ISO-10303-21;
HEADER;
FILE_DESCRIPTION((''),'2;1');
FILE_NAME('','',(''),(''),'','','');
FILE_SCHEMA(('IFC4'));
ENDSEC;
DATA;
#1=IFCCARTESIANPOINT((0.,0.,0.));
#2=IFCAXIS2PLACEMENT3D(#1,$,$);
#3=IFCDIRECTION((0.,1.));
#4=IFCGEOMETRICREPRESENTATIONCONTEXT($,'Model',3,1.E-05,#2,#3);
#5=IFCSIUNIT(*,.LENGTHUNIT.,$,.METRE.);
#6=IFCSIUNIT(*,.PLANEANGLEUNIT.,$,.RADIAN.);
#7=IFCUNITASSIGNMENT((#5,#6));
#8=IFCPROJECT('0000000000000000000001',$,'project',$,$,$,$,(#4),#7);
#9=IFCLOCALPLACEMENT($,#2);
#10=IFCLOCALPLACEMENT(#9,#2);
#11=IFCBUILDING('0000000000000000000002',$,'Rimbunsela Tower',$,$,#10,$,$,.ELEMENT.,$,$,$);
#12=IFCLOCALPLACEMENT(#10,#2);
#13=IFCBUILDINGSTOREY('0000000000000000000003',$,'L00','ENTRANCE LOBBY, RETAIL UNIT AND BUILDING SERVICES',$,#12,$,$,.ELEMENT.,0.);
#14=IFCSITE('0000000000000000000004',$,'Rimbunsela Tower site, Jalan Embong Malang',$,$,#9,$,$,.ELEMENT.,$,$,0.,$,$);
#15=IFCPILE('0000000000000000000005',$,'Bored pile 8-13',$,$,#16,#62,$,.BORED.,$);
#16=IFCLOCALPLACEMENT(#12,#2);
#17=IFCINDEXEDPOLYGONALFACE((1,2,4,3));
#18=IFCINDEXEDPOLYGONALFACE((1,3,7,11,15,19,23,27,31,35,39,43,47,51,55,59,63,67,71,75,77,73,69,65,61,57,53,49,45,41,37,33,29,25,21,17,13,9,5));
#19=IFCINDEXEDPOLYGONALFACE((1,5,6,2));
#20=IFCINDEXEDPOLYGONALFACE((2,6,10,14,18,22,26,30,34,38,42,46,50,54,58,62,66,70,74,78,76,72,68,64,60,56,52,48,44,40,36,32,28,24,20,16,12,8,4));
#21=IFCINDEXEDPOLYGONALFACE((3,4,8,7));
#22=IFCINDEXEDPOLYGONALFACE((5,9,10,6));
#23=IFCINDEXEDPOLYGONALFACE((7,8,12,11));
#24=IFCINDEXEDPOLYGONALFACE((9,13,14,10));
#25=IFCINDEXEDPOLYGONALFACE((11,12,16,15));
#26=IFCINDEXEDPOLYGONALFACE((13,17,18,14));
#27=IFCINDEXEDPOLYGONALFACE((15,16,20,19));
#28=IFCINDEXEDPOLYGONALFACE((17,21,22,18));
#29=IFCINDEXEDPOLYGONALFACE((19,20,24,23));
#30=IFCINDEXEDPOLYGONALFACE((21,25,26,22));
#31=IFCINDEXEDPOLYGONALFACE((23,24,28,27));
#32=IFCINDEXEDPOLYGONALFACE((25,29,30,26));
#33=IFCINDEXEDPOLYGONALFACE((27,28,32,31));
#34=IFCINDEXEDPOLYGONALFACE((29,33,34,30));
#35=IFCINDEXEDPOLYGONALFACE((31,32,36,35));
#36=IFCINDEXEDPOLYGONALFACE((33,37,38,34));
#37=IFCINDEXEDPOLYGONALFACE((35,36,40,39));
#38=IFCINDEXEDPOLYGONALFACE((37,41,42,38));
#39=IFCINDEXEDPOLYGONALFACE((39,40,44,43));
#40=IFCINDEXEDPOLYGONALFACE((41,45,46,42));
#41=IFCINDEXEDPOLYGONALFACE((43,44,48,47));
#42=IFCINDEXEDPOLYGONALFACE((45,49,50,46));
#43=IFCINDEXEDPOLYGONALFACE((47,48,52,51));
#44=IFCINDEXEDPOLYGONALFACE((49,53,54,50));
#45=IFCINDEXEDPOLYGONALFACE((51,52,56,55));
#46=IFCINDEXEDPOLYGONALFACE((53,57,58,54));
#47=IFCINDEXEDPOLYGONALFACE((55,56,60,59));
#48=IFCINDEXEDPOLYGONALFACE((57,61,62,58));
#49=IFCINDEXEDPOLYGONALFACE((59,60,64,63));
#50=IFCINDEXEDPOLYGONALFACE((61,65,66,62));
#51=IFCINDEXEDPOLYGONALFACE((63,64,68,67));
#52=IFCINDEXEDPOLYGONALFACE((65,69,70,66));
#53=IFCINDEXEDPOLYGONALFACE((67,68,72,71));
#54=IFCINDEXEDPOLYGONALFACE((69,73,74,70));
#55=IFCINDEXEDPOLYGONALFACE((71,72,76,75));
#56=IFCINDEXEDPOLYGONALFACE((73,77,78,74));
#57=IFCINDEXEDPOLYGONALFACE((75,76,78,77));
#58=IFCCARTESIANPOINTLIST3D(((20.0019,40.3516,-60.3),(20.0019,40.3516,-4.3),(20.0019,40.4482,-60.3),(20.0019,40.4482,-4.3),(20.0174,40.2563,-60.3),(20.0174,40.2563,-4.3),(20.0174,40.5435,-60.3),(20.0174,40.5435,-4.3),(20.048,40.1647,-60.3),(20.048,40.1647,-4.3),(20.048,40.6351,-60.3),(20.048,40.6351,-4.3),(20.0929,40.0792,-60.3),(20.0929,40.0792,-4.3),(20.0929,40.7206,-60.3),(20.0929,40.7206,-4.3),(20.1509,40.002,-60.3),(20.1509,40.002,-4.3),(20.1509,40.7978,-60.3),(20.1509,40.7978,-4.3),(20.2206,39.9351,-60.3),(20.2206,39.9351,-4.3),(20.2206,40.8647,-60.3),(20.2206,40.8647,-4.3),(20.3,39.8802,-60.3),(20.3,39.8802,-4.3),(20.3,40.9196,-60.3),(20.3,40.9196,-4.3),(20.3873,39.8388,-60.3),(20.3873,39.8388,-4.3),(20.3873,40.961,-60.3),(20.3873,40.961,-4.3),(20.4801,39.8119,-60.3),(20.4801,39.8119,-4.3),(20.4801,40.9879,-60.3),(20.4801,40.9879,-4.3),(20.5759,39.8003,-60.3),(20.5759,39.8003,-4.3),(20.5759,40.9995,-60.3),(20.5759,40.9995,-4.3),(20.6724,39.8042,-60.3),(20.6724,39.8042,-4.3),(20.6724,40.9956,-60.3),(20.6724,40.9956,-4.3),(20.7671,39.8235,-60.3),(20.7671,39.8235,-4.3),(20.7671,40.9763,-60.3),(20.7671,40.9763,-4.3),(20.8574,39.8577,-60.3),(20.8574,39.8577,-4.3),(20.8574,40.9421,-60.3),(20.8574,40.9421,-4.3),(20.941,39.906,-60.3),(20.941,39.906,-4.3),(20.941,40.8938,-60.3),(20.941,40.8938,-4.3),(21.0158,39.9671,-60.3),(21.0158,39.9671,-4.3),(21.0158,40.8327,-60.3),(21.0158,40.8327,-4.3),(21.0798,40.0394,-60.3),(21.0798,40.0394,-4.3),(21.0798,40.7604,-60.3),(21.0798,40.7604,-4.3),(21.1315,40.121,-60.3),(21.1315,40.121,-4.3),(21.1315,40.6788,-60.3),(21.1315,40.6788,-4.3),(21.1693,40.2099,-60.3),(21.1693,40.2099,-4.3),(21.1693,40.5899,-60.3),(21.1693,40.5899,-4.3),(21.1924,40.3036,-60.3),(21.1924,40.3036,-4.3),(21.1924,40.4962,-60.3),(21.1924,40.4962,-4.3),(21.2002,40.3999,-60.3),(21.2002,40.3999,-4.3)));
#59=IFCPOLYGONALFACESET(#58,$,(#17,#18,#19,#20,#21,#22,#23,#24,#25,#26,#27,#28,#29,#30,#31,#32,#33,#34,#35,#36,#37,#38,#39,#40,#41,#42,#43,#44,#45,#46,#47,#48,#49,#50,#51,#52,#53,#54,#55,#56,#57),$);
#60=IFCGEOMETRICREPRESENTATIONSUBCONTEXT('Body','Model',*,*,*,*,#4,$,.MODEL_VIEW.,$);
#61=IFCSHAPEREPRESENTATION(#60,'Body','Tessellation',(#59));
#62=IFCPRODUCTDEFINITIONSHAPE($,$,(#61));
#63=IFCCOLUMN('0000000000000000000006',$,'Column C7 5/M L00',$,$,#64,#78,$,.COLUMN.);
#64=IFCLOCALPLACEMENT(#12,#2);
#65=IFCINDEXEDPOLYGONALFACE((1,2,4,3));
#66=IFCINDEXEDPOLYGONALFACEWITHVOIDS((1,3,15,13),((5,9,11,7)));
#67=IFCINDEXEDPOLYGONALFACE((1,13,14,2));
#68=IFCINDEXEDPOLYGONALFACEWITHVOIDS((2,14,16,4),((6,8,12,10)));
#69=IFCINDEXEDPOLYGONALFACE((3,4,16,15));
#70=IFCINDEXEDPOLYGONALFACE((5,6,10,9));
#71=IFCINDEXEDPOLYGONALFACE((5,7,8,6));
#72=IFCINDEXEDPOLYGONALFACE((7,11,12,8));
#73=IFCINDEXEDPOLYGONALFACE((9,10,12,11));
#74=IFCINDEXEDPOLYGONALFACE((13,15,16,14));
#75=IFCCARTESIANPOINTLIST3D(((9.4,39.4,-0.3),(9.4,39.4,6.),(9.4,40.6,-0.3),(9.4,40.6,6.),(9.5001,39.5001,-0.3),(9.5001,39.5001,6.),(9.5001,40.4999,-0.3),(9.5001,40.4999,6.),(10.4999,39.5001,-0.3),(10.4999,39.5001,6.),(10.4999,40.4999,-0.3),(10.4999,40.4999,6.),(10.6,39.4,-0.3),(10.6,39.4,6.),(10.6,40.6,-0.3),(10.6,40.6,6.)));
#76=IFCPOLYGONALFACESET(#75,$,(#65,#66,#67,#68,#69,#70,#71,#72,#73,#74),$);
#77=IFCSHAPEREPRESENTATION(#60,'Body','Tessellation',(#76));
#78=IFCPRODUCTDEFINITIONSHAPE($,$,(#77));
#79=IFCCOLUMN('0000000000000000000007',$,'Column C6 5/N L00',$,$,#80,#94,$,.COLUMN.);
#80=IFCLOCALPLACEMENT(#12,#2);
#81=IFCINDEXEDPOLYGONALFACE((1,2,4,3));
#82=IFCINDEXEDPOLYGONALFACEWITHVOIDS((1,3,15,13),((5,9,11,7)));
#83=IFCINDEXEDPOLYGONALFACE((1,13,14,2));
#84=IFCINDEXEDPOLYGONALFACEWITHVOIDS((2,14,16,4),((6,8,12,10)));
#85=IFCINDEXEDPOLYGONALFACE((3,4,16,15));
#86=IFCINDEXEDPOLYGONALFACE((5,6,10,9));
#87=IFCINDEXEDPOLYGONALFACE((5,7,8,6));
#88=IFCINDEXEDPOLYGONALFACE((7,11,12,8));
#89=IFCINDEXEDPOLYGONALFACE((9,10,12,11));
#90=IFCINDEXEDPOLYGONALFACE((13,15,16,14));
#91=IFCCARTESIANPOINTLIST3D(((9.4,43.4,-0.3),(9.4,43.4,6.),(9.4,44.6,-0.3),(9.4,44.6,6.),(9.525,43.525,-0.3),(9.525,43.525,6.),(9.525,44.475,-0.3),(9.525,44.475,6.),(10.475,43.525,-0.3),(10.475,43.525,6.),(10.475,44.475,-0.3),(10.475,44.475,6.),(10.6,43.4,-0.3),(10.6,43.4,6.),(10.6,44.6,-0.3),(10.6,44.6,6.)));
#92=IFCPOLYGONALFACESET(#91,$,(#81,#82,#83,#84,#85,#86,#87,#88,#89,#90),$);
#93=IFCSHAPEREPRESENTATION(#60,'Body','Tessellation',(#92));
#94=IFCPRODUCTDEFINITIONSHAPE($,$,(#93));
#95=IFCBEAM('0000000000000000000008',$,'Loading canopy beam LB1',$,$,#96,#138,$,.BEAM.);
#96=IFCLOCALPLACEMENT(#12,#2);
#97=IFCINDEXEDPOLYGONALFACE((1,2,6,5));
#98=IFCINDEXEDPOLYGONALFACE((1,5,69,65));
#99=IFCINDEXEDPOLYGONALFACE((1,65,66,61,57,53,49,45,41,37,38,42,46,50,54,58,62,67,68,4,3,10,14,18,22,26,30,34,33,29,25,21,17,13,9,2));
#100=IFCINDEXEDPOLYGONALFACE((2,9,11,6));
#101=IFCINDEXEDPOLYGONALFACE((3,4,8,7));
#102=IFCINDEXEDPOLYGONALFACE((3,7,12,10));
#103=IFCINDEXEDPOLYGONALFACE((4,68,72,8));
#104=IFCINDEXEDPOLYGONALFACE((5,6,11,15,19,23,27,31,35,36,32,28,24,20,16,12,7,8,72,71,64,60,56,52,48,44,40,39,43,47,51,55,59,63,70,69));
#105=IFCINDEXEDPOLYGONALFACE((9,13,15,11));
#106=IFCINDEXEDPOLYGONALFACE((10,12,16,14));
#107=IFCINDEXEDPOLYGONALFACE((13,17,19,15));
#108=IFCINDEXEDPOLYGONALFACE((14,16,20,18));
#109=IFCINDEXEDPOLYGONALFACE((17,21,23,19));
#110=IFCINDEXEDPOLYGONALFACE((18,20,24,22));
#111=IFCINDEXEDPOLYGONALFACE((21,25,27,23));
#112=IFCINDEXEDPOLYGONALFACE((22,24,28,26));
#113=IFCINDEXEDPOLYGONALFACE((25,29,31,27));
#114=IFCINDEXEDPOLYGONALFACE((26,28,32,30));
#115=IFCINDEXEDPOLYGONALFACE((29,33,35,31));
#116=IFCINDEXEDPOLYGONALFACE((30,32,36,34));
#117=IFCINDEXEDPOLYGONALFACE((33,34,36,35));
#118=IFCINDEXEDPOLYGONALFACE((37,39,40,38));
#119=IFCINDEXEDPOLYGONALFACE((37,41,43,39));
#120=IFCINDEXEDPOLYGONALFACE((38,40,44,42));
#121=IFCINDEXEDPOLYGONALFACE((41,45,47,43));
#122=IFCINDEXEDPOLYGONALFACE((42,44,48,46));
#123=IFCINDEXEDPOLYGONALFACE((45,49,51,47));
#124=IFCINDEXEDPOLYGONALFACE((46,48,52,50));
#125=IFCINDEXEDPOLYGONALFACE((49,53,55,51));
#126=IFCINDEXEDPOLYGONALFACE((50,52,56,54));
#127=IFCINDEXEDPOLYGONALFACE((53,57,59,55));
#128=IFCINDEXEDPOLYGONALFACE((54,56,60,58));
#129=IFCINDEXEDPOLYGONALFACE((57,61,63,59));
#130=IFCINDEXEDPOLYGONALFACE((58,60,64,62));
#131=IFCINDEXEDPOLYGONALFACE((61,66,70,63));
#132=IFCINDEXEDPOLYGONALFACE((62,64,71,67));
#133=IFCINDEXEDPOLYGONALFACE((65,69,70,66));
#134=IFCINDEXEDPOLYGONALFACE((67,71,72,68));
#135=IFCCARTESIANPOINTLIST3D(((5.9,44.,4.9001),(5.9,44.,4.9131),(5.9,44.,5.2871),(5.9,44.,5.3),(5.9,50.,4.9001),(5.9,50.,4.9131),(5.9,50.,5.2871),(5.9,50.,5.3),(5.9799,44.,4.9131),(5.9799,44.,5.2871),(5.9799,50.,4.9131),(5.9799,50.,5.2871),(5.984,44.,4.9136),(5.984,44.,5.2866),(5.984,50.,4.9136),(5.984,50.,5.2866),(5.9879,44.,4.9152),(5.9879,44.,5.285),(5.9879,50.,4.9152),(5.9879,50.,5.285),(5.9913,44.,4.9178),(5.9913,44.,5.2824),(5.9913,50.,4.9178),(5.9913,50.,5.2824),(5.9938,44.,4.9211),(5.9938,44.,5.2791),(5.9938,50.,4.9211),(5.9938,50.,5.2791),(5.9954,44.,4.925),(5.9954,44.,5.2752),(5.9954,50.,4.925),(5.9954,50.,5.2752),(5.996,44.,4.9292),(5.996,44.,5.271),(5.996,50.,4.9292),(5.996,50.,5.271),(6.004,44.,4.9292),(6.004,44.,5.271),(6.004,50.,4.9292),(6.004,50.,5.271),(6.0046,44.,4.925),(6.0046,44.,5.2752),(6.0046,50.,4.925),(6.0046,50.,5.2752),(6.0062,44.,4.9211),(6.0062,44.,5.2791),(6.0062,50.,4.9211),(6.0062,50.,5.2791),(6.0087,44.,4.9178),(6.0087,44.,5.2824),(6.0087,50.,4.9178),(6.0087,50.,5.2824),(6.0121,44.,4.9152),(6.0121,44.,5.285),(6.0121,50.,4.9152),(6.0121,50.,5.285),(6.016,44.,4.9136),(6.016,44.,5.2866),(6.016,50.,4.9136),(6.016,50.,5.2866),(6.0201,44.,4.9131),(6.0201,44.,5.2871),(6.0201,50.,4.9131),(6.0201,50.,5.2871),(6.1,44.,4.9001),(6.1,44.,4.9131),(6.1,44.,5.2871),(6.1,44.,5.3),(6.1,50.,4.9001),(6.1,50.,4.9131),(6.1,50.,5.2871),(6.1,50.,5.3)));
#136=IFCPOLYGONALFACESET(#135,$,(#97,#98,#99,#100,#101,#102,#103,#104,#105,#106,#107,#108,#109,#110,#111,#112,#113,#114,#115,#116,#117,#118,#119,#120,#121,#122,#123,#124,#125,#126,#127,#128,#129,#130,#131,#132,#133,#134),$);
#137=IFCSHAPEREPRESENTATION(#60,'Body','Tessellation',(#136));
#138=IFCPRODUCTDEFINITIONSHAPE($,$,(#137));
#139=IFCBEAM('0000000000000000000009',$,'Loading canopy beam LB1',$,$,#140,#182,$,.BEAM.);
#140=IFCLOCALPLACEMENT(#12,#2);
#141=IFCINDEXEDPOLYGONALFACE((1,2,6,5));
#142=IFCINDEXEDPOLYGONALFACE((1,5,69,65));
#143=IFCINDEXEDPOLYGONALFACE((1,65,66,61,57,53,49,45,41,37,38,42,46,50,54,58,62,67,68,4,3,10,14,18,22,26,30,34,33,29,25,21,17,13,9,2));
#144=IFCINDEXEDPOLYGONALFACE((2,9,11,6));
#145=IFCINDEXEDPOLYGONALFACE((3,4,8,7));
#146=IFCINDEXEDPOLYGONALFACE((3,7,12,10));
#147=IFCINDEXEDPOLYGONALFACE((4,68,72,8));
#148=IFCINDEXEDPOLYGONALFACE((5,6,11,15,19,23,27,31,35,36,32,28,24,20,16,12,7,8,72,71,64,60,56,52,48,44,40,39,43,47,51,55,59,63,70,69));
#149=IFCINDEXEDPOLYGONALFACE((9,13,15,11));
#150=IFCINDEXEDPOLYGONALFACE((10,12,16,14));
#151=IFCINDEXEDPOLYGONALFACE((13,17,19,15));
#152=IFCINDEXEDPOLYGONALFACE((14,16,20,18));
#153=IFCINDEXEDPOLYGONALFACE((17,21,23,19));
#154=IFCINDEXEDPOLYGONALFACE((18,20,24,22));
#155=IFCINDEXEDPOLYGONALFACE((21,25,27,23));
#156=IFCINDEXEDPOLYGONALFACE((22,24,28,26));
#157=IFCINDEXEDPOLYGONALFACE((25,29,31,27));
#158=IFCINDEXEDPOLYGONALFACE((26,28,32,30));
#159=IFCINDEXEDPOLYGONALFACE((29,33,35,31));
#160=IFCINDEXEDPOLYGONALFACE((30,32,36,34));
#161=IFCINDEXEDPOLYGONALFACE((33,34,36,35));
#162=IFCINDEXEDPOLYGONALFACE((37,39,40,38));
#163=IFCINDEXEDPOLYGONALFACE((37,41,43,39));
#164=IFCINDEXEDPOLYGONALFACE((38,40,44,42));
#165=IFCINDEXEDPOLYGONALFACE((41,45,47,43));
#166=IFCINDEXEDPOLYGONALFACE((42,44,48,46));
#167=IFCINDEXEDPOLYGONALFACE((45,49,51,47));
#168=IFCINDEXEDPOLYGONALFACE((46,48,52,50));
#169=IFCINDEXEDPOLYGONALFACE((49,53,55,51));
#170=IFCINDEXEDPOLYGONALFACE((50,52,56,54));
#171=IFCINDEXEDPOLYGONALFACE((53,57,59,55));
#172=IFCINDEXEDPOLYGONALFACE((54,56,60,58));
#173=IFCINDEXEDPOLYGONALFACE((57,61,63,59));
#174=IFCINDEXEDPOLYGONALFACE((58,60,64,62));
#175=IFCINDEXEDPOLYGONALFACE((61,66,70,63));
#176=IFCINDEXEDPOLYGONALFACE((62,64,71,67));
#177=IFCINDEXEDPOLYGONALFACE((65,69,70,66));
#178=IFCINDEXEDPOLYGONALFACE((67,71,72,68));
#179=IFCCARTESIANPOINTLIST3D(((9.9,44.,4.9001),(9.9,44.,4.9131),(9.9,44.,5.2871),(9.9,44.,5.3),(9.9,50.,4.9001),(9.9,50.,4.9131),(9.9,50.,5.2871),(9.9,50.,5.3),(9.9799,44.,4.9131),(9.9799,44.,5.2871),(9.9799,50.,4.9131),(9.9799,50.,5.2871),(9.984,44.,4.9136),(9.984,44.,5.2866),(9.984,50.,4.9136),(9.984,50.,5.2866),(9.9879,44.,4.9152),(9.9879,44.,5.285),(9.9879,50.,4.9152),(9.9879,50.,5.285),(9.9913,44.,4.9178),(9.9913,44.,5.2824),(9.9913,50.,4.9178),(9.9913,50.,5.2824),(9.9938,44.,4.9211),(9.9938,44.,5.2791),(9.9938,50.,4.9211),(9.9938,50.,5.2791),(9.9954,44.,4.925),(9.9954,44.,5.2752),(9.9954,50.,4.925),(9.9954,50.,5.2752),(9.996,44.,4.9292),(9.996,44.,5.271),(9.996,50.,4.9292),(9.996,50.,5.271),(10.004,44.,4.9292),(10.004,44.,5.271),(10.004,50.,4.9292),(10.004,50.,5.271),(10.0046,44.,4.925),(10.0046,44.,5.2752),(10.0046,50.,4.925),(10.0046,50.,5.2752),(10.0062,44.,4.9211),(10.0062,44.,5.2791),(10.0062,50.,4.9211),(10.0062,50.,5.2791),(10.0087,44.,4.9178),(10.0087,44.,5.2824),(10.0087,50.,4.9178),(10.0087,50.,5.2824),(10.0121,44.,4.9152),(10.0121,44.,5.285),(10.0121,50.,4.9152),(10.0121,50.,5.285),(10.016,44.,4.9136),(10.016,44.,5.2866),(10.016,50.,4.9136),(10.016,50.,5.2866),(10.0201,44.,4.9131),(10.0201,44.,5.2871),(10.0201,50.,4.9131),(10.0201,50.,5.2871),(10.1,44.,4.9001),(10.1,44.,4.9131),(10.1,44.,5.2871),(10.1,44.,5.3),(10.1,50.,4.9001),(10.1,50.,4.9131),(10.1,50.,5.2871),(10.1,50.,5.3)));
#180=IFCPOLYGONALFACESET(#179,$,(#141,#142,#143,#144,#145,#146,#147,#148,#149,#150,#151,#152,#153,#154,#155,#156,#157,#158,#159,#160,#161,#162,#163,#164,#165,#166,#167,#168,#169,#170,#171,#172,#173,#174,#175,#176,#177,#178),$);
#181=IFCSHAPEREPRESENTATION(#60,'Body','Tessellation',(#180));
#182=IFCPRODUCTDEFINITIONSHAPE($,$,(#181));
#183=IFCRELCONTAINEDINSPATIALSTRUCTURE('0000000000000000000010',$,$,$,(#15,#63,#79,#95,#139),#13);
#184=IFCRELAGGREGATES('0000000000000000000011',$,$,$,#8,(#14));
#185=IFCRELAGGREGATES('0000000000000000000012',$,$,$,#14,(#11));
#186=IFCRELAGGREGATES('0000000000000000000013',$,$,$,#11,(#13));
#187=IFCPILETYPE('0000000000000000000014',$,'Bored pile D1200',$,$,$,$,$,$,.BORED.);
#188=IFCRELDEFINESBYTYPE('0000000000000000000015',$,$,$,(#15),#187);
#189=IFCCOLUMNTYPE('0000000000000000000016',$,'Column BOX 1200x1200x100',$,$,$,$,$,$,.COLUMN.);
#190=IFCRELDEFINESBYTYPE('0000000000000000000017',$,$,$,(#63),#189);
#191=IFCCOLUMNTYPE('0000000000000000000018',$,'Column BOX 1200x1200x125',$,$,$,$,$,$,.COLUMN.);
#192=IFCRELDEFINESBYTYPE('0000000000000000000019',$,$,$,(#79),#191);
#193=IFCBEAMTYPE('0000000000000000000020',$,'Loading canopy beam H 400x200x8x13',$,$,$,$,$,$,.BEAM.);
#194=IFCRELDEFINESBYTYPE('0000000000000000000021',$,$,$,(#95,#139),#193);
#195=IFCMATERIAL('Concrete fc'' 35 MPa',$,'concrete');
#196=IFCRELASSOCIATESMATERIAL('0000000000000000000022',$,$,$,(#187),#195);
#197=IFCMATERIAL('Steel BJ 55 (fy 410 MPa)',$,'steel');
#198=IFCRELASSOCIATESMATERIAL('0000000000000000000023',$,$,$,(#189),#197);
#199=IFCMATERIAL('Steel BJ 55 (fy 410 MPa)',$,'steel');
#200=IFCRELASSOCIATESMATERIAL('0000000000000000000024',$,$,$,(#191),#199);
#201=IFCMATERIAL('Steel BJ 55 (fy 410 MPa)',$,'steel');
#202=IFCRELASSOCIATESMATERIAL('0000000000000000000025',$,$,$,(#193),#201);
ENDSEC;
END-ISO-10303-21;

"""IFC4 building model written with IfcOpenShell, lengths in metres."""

from ifc_helpers import new_model, si_unit, direction, frame, origin, origin_2d, place, context, subcontext, project, spatial, hollow_rectangle, circle, i_section, extrude, material, material_profile, profile_set, type_object, element, save


model = new_model("IFC4")

# Units and contexts
model_context = context("Model", 3, precision=1e-05, world=origin(), true_north=direction((0.0, 1.0)))
body_context = subcontext(model_context, "Body", "Model", "MODEL_VIEW")
ifc_project = project(units=[si_unit("LENGTHUNIT", "METRE"), si_unit("PLANEANGLEUNIT", "RADIAN")], contexts=[model_context])

# Site, building, storey
site_placement = place(None, origin())
site = spatial("IfcSite", under=ifc_project, at=site_placement, Name="Rimbunsela Tower site, Jalan Embong Malang", CompositionType="ELEMENT", RefElevation=0.0)
building_placement = place(site_placement, origin())
building = spatial("IfcBuilding", under=site, at=building_placement, Name="Rimbunsela Tower", CompositionType="ELEMENT")
storey_placement = place(building_placement, origin())
storey = spatial("IfcBuildingStorey", under=building, at=storey_placement, Name="L00", Description="ENTRANCE LOBBY, RETAIL UNIT AND BUILDING SERVICES", CompositionType="ELEMENT", Elevation=0.0)

# Pile
ifc_material_1 = material(Name="Concrete fc' 35 MPa", Category="concrete")
ifc_material_profile_1 = material_profile(ifc_material_1, circle(Radius=0.6001, at=origin_2d()), Name="BP D1200")
ifc_profile_set_1 = profile_set([ifc_material_profile_1], Name="Concrete fc' 35 MPa")
pile_type = type_object("IfcPileType", Name="Bored pile D1200", PredefinedType="BORED", material=ifc_profile_set_1)
for number, where, z_axis, x_axis, name in (
    (1, (20.6001, 40.3999, -4.3), (0.0, 0.0, -1.0), (1.0, 0.0, 0.0), "Bored pile 8-13"),
):
    element("IfcPile", number, at=place(storey_placement, frame(where, z_axis=z_axis, x_axis=x_axis)), inside=storey, type_object=pile_type, Name=name, PredefinedType="BORED", context=body_context, shape_type="SweptSolid", body=[
        extrude(circle(Radius=0.6001, at=origin_2d()), origin(), (0.0, 0.0, 1.0), 56.0),
    ])

# Columns
ifc_material_2 = material(Name="Steel BJ 55 (fy 410 MPa)", Category="steel")
ifc_material_profile_2 = material_profile(ifc_material_2, hollow_rectangle(XDim=1.2, YDim=1.2, WallThickness=0.1001, at=origin_2d()), Name="BOX 1200x1200x100")
ifc_profile_set_2 = profile_set([ifc_material_profile_2], Name="Steel BJ 55 (fy 410 MPa)")
column_type_1 = type_object("IfcColumnType", Name="Column BOX 1200x1200x100", PredefinedType="COLUMN", material=ifc_profile_set_2)
column_1_placement = place(storey_placement, frame((10.0, 40.0, -0.3), z_axis=(0.0, 0.0, 1.0), x_axis=(1.0, 0.0, 0.0)))
element("IfcColumn", 2, at=column_1_placement, inside=storey, type_object=column_type_1, Name="Column C7 5/M L00", PredefinedType="COLUMN", context=body_context, shape_type="SweptSolid", body=[
    extrude(hollow_rectangle(XDim=1.2, YDim=1.2, WallThickness=0.1001, at=origin_2d()), origin(), (0.0, 0.0, 1.0), 6.3),
])
ifc_material_3 = material(Name="Steel BJ 55 (fy 410 MPa)", Category="steel")
ifc_material_profile_3 = material_profile(ifc_material_3, hollow_rectangle(XDim=1.2, YDim=1.2, WallThickness=0.125, at=origin_2d()), Name="BOX 1200x1200x125")
ifc_profile_set_3 = profile_set([ifc_material_profile_3], Name="Steel BJ 55 (fy 410 MPa)")
column_type_2 = type_object("IfcColumnType", Name="Column BOX 1200x1200x125", PredefinedType="COLUMN", material=ifc_profile_set_3)
column_2_placement = place(storey_placement, frame((10.0, 44.0, -0.3), z_axis=(0.0, 0.0, 1.0), x_axis=(1.0, 0.0, 0.0)))
element("IfcColumn", 3, at=column_2_placement, inside=storey, type_object=column_type_2, Name="Column C6 5/N L00", PredefinedType="COLUMN", context=body_context, shape_type="SweptSolid", body=[
    extrude(hollow_rectangle(XDim=1.2, YDim=1.2, WallThickness=0.125, at=origin_2d()), origin(), (0.0, 0.0, 1.0), 6.3),
])

# Beams
ifc_material_4 = material(Name="Steel BJ 55 (fy 410 MPa)", Category="steel")
ifc_material_profile_4 = material_profile(ifc_material_4, i_section(OverallWidth=0.2, OverallDepth=0.3999, WebThickness=0.0081, FlangeThickness=0.0129, FilletRadius=0.0161, at=origin_2d()), Name="H 400x200x8x13")
ifc_profile_set_4 = profile_set([ifc_material_profile_4], Name="Steel BJ 55 (fy 410 MPa)")
beam_type = type_object("IfcBeamType", Name="Loading canopy beam H 400x200x8x13", PredefinedType="BEAM", material=ifc_profile_set_4)
for number, where, z_axis, x_axis, name in (
    (4, (6.0, 44.0, 5.1001), (0.0, 1.0, 0.0), (-1.0, 0.0, 0.0), "Loading canopy beam LB1"),
    (5, (10.0, 44.0, 5.1001), (0.0, 1.0, 0.0), (-1.0, 0.0, 0.0), "Loading canopy beam LB1"),
):
    element("IfcBeam", number, at=place(storey_placement, frame(where, z_axis=z_axis, x_axis=x_axis)), inside=storey, type_object=beam_type, Name=name, PredefinedType="BEAM", context=body_context, shape_type="SweptSolid", body=[
        extrude(i_section(OverallWidth=0.2, OverallDepth=0.3999, WebThickness=0.0081, FlangeThickness=0.0129, FilletRadius=0.0161, at=origin_2d()), origin(), (0.0, 0.0, 1.0), 6.0),
    ])

save(model, "model.ifc")
